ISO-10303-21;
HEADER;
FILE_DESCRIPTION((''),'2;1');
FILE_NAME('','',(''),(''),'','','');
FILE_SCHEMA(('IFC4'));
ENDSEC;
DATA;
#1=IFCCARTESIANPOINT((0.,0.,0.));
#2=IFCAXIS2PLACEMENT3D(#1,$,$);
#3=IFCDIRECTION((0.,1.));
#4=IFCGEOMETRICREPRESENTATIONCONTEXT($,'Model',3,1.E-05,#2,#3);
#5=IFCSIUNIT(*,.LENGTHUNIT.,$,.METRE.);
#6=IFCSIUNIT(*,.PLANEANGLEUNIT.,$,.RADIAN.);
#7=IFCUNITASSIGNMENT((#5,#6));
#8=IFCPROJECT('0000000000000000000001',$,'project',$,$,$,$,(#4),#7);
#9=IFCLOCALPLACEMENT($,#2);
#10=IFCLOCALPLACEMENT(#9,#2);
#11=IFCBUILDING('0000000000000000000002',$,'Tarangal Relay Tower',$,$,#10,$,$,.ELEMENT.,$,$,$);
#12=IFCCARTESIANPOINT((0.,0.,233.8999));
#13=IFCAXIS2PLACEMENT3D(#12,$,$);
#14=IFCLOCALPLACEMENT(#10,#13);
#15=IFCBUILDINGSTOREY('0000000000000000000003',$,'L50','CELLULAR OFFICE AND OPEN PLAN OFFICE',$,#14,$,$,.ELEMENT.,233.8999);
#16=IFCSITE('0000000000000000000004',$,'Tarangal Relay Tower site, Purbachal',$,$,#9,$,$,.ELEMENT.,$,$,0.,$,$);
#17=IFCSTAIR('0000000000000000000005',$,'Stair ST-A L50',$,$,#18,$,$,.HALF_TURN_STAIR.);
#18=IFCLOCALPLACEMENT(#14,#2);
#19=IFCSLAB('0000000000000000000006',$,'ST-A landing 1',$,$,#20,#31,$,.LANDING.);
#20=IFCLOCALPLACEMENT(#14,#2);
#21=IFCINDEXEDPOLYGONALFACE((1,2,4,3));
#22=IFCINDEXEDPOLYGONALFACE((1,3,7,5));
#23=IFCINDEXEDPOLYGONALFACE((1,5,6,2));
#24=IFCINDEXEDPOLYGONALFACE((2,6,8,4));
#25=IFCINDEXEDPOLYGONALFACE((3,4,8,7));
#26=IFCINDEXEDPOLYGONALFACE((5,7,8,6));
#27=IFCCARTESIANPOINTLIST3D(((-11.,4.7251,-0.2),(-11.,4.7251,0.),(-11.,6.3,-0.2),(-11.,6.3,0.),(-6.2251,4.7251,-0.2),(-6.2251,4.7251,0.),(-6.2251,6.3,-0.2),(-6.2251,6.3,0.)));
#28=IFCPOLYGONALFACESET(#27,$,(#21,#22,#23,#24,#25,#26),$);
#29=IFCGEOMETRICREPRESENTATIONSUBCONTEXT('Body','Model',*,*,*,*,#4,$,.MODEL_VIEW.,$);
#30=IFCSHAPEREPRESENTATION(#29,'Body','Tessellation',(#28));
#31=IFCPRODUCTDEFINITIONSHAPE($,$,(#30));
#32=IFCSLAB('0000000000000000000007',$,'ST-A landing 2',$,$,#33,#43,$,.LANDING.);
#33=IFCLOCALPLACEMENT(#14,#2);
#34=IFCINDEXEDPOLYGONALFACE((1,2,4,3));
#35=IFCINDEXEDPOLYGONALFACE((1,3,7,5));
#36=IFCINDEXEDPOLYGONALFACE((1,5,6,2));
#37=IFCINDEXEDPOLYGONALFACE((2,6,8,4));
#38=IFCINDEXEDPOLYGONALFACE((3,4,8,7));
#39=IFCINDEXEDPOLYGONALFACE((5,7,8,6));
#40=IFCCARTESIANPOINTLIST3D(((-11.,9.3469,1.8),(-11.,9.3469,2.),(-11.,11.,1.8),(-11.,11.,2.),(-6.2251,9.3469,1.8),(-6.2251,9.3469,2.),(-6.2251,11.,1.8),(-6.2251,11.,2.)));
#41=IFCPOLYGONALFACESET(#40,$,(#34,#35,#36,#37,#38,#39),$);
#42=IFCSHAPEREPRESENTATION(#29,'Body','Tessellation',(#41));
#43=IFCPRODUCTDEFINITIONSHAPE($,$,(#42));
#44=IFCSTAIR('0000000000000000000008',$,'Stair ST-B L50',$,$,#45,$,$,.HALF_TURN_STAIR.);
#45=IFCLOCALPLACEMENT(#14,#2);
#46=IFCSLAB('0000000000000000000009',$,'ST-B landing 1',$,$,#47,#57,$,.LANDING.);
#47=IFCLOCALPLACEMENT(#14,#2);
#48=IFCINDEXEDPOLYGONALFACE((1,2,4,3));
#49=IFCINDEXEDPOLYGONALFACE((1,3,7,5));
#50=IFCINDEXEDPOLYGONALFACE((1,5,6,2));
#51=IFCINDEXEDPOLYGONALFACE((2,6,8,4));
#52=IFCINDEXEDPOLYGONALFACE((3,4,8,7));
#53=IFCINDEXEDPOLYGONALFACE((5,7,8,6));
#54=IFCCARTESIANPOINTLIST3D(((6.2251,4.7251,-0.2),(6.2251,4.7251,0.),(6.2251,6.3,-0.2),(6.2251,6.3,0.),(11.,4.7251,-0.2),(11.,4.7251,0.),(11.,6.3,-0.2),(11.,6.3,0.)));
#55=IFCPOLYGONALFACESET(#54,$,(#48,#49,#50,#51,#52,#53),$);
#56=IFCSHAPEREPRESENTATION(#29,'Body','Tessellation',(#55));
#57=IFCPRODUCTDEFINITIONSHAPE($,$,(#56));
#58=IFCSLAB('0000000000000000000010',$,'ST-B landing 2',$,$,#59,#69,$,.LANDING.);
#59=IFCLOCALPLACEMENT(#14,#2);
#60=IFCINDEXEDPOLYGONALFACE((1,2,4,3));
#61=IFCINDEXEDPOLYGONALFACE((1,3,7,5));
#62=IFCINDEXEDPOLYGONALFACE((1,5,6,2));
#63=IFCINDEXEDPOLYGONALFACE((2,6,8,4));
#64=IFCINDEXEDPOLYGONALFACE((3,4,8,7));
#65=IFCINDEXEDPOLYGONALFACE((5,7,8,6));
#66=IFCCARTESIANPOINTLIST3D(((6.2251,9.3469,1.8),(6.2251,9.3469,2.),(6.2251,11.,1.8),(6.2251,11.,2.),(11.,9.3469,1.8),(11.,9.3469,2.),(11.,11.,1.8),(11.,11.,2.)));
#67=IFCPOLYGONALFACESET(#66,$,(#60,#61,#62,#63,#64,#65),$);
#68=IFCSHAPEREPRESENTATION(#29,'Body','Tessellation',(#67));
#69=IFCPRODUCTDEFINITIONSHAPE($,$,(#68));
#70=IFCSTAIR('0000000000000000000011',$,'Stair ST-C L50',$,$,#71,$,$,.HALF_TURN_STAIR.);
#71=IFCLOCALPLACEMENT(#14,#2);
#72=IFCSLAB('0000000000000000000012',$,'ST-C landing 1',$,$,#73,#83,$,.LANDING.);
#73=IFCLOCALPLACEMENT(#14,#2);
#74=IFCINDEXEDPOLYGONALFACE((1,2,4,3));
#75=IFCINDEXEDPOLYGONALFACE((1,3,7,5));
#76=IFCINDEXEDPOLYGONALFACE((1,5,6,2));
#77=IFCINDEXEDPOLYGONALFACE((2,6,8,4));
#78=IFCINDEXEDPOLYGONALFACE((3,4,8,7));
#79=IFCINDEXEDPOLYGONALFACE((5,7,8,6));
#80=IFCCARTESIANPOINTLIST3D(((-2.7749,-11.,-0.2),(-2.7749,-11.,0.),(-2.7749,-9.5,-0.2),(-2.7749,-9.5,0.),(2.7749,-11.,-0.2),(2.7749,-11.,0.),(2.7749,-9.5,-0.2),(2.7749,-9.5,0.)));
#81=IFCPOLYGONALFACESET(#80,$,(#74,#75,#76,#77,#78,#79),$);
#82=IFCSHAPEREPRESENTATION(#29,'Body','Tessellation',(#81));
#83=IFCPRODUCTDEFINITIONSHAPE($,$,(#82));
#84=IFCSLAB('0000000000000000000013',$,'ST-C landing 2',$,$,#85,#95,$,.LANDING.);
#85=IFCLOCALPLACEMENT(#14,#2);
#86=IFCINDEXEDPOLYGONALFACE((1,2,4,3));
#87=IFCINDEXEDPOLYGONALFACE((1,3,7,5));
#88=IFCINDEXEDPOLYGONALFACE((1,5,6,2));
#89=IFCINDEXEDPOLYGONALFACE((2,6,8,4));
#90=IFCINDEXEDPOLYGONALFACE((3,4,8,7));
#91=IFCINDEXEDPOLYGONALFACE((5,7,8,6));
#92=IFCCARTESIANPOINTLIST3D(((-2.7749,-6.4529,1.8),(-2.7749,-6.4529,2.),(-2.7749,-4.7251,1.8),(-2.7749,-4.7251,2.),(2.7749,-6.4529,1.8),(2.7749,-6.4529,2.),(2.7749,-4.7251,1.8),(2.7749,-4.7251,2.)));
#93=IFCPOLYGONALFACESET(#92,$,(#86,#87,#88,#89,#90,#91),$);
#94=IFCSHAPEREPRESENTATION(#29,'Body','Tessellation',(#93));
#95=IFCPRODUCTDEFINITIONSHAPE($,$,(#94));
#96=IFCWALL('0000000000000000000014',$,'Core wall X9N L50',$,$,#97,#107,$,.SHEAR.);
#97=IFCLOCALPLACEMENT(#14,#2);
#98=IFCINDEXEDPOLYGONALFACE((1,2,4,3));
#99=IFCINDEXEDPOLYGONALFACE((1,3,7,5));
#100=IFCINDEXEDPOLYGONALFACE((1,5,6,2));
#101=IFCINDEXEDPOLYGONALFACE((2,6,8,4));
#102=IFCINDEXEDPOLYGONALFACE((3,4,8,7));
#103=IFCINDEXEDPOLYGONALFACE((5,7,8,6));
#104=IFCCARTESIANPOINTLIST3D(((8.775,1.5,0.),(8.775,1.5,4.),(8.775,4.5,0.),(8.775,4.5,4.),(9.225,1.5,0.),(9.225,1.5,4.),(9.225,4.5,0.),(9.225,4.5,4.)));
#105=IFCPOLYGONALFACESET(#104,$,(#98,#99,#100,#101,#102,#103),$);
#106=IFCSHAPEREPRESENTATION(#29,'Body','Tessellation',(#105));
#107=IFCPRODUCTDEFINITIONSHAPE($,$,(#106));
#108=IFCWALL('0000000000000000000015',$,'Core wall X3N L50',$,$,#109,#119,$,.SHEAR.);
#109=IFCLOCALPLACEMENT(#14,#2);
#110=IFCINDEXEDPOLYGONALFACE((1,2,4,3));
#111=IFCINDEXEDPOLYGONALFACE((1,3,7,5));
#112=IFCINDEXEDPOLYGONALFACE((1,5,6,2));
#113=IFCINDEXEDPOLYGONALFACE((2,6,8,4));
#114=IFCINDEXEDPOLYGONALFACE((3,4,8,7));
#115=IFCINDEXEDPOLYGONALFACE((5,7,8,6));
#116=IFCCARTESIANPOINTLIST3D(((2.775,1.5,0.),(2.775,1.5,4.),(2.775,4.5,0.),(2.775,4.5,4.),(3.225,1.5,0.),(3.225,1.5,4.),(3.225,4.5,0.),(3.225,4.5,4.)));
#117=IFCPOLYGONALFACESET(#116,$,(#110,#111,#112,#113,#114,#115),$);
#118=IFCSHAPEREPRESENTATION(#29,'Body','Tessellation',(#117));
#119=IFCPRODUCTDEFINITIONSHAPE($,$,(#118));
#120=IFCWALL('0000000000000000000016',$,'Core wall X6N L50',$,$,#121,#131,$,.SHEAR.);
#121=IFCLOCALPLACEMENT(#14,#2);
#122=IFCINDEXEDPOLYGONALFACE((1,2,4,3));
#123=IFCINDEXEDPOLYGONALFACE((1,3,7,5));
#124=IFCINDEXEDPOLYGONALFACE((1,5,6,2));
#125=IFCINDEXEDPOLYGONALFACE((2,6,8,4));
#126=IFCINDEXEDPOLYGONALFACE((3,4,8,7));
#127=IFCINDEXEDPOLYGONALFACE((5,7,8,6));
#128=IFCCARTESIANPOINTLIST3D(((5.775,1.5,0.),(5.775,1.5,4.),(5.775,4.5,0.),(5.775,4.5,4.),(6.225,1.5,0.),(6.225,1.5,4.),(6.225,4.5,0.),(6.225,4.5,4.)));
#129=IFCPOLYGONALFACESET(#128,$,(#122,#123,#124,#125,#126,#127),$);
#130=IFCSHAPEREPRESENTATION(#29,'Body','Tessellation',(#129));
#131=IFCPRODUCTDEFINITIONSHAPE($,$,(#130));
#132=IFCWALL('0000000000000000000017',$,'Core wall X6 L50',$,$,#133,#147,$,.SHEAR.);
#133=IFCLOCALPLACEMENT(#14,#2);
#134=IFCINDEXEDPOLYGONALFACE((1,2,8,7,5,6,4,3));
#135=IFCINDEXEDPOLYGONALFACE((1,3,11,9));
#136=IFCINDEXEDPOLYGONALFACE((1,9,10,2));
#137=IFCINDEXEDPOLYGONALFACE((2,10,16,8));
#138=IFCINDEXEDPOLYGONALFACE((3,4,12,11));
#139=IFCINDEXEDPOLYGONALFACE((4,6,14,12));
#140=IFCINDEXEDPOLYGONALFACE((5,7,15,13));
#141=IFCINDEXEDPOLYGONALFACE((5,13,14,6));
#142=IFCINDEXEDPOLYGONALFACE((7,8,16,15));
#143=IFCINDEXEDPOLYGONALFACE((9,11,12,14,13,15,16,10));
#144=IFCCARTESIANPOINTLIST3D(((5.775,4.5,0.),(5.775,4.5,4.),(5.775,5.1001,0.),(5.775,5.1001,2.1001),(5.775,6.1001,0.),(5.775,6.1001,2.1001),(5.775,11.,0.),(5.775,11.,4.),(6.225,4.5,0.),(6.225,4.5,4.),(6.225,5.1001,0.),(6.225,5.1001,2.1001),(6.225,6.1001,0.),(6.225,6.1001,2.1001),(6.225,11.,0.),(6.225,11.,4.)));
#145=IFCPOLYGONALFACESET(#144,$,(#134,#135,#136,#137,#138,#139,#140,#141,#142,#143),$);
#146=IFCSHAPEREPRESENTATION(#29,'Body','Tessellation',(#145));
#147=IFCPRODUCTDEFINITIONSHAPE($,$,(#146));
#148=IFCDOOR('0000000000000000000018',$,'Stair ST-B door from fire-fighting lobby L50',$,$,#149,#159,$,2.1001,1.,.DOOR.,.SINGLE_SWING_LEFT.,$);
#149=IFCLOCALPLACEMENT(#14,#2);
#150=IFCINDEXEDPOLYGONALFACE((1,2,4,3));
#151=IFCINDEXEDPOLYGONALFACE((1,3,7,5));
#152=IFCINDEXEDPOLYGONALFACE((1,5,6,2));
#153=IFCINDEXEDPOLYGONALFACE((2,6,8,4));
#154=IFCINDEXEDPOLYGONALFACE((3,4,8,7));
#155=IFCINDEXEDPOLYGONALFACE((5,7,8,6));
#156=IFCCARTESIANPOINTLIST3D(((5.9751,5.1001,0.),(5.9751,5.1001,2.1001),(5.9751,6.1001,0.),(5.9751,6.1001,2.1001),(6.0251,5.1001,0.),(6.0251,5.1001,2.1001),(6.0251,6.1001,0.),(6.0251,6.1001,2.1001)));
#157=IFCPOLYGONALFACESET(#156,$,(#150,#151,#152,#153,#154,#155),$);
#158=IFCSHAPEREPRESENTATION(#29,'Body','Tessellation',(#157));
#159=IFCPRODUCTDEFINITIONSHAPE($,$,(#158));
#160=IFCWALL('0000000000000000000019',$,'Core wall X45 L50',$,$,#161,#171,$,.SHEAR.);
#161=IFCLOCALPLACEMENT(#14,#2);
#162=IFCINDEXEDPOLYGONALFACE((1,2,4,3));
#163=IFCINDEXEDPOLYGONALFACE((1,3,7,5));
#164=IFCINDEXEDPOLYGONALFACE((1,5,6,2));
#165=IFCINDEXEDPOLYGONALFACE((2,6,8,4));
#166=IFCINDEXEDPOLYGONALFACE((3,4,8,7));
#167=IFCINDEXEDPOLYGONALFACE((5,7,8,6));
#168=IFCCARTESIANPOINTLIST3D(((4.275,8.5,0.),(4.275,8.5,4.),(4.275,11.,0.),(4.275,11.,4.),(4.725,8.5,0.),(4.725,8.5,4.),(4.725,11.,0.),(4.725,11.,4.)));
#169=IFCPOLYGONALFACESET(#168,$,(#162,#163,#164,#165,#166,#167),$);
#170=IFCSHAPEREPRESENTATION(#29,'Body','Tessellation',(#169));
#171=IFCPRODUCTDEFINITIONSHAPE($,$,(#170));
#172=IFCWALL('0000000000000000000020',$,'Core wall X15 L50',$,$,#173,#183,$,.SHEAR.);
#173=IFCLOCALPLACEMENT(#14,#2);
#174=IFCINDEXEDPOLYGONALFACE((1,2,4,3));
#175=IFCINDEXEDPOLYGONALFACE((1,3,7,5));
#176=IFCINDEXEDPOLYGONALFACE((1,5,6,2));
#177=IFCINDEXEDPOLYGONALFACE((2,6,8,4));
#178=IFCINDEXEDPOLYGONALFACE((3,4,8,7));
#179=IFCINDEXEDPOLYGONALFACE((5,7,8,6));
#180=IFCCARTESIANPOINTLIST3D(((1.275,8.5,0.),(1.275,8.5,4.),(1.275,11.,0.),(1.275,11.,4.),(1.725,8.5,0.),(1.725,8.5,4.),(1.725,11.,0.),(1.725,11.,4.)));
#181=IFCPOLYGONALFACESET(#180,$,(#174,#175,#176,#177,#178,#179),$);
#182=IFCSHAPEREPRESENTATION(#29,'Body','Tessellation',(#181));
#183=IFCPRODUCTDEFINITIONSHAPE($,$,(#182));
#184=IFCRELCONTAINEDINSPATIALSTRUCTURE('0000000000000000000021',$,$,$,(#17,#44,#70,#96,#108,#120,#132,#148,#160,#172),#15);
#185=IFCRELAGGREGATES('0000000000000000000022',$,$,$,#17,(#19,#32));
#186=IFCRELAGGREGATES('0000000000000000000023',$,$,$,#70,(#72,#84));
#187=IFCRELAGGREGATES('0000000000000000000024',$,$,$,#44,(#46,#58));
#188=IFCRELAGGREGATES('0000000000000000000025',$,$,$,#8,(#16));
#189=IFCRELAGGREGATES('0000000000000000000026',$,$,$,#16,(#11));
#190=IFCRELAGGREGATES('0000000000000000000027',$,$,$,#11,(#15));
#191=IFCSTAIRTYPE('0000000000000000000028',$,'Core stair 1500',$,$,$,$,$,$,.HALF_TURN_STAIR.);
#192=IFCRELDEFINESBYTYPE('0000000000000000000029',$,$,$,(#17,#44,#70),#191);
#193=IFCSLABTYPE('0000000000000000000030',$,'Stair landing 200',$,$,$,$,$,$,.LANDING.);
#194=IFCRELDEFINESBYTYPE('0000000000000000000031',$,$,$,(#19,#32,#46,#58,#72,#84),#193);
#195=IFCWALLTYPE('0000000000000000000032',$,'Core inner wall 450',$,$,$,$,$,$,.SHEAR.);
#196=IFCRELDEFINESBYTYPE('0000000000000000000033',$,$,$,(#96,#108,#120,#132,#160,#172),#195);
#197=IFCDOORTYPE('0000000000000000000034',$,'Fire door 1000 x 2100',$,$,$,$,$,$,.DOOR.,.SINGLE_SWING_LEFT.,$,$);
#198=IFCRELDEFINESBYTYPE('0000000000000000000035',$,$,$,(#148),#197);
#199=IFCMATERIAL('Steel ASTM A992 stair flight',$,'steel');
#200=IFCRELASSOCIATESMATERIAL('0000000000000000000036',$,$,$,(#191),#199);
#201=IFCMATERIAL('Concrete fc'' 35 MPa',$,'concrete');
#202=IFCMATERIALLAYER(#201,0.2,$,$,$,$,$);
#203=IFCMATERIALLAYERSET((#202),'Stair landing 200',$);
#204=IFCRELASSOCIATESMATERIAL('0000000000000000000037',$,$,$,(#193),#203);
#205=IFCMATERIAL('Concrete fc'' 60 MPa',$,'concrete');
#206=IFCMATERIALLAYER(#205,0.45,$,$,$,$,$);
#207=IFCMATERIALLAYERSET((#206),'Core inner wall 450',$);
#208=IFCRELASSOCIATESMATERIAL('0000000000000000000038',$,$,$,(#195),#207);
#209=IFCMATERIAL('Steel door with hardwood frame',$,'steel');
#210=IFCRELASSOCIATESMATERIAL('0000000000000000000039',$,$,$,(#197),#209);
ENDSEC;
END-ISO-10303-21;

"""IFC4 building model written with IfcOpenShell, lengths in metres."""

from ifc_helpers import new_model, si_unit, direction, frame, frame_2d, origin, place, context, subcontext, project, spatial, polyline, rectangle, outline, extrude, material, layer, layer_set, type_object, element, fill, aggregate, save


model = new_model("IFC4")

# Units and contexts
model_context = context("Model", 3, precision=1e-05, world=origin(), true_north=direction((0.0, 1.0)))
body_context = subcontext(model_context, "Body", "Model", "MODEL_VIEW")
ifc_project = project(units=[si_unit("LENGTHUNIT", "METRE"), si_unit("PLANEANGLEUNIT", "RADIAN")], contexts=[model_context])

# Site, building, storey
site_placement = place(None, origin())
site = spatial("IfcSite", under=ifc_project, at=site_placement, Name="Tarangal Relay Tower site, Purbachal", CompositionType="ELEMENT", RefElevation=0.0)
building_placement = place(site_placement, origin())
building = spatial("IfcBuilding", under=site, at=building_placement, Name="Tarangal Relay Tower", CompositionType="ELEMENT")
storey_placement = place(building_placement, frame((0.0, 0.0, 233.8999)))
storey = spatial("IfcBuildingStorey", under=building, at=storey_placement, Name="L50", Description="CELLULAR OFFICE AND OPEN PLAN OFFICE", CompositionType="ELEMENT", Elevation=233.8999)

# Stairs, slabs
ifc_material_1 = material(Name="Steel ASTM A992 stair flight", Category="steel")
stair_type = type_object("IfcStairType", Name="Core stair 1500", PredefinedType="HALF_TURN_STAIR", material=ifc_material_1)
stair_1_placement = place(storey_placement, origin())
stair_1 = element("IfcStair", 1, at=stair_1_placement, inside=storey, type_object=stair_type, Name="Stair ST-A L50", PredefinedType="HALF_TURN_STAIR")
ifc_material_2 = material(Name="Concrete fc' 35 MPa", Category="concrete")
ifc_layer_1 = layer(ifc_material_2, 0.2)
ifc_layer_set_1 = layer_set([ifc_layer_1], Name="Stair landing 200")
slab_type = type_object("IfcSlabType", Name="Stair landing 200", PredefinedType="LANDING", material=ifc_layer_set_1)
slab_1_placement = place(storey_placement, frame((0.0, 0.0, -0.2)))
slab_1 = element("IfcSlab", 2, at=slab_1_placement, type_object=slab_type, Name="ST-A landing 1", PredefinedType="LANDING", context=body_context, shape_type="SweptSolid", body=[
    extrude(outline(polyline([(-11.0, 4.7251), (-6.2251, 4.7251), (-6.2251, 6.3), (-11.0, 6.3), (-11.0, 4.7251)])), origin(), (0.0, 0.0, 1.0), 0.2),
])
slab_2_placement = place(storey_placement, frame((0.0, 0.0, 1.8)))
slab_2 = element("IfcSlab", 3, at=slab_2_placement, type_object=slab_type, Name="ST-A landing 2", PredefinedType="LANDING", context=body_context, shape_type="SweptSolid", body=[
    extrude(outline(polyline([(-11.0, 9.3469), (-6.2251, 9.3469), (-6.2251, 11.0), (-11.0, 11.0), (-11.0, 9.3469)])), origin(), (0.0, 0.0, 1.0), 0.2),
])
aggregate(stair_1, [slab_1, slab_2])
stair_2_placement = place(storey_placement, origin())
stair_2 = element("IfcStair", 4, at=stair_2_placement, inside=storey, type_object=stair_type, Name="Stair ST-B L50", PredefinedType="HALF_TURN_STAIR")
slab_3_placement = place(storey_placement, frame((0.0, 0.0, -0.2)))
slab_3 = element("IfcSlab", 5, at=slab_3_placement, type_object=slab_type, Name="ST-B landing 1", PredefinedType="LANDING", context=body_context, shape_type="SweptSolid", body=[
    extrude(outline(polyline([(6.2251, 4.7251), (11.0, 4.7251), (11.0, 6.3), (6.2251, 6.3), (6.2251, 4.7251)])), origin(), (0.0, 0.0, 1.0), 0.2),
])
slab_4_placement = place(storey_placement, frame((0.0, 0.0, 1.8)))
slab_4 = element("IfcSlab", 6, at=slab_4_placement, type_object=slab_type, Name="ST-B landing 2", PredefinedType="LANDING", context=body_context, shape_type="SweptSolid", body=[
    extrude(outline(polyline([(6.2251, 9.3469), (11.0, 9.3469), (11.0, 11.0), (6.2251, 11.0), (6.2251, 9.3469)])), origin(), (0.0, 0.0, 1.0), 0.2),
])
stair_3_placement = place(storey_placement, origin())
stair_3 = element("IfcStair", 7, at=stair_3_placement, inside=storey, type_object=stair_type, Name="Stair ST-C L50", PredefinedType="HALF_TURN_STAIR")
slab_5_placement = place(storey_placement, frame((0.0, 0.0, -0.2)))
slab_5 = element("IfcSlab", 8, at=slab_5_placement, type_object=slab_type, Name="ST-C landing 1", PredefinedType="LANDING", context=body_context, shape_type="SweptSolid", body=[
    extrude(outline(polyline([(-2.7749, -11.0), (2.7749, -11.0), (2.7749, -9.5), (-2.7749, -9.5), (-2.7749, -11.0)])), origin(), (0.0, 0.0, 1.0), 0.2),
])
slab_6_placement = place(storey_placement, frame((0.0, 0.0, 1.8)))
slab_6 = element("IfcSlab", 9, at=slab_6_placement, type_object=slab_type, Name="ST-C landing 2", PredefinedType="LANDING", context=body_context, shape_type="SweptSolid", body=[
    extrude(outline(polyline([(-2.7749, -6.4529), (2.7749, -6.4529), (2.7749, -4.7251), (-2.7749, -4.7251), (-2.7749, -6.4529)])), origin(), (0.0, 0.0, 1.0), 0.2),
])
aggregate(stair_3, [slab_5, slab_6])

# Walls
ifc_material_3 = material(Name="Concrete fc' 60 MPa", Category="concrete")
ifc_layer_2 = layer(ifc_material_3, 0.45)
ifc_layer_set_2 = layer_set([ifc_layer_2], Name="Core inner wall 450")
wall_type = type_object("IfcWallType", Name="Core inner wall 450", PredefinedType="SHEAR", material=ifc_layer_set_2)
for number, where, z_axis, x_axis, name in (
    (10, (9.0, 1.5, 0.0), (0.0, 0.0, 1.0), (0.0, 1.0, 0.0), "Core wall X9N L50"),
    (11, (3.0, 1.5, 0.0), (0.0, 0.0, 1.0), (0.0, 1.0, 0.0), "Core wall X3N L50"),
    (12, (6.0, 1.5, 0.0), (0.0, 0.0, 1.0), (0.0, 1.0, 0.0), "Core wall X6N L50"),
):
    element("IfcWall", number, at=place(storey_placement, frame(where, z_axis=z_axis, x_axis=x_axis)), inside=storey, type_object=wall_type, Name=name, PredefinedType="SHEAR", context=body_context, shape_type="SweptSolid", body=[
        extrude(rectangle(XDim=3.0, YDim=0.45, at=frame_2d((1.5, 0.0))), origin(), (0.0, 0.0, 1.0), 4.0),
    ])

# Wall, opening, door
wall_placement = place(storey_placement, frame((6.0, 4.5, 0.0), z_axis=(0.0, 0.0, 1.0), x_axis=(0.0, 1.0, 0.0)))
wall = element("IfcWall", 13, at=wall_placement, inside=storey, type_object=wall_type, Name="Core wall X6 L50", PredefinedType="SHEAR", context=body_context, shape_type="SweptSolid", body=[
    extrude(rectangle(XDim=6.5, YDim=0.45, at=frame_2d((3.25, 0.0))), origin(), (0.0, 0.0, 1.0), 4.0),
])
opening_placement = place(wall_placement, frame((0.6001, 0.0, 0.0)))
opening = element("IfcOpeningElement", 14, at=opening_placement, cuts=wall, PredefinedType="OPENING", context=body_context, shape_type="SweptSolid", body=[
    extrude(rectangle(XDim=1.0, YDim=2.1001, at=frame_2d((0.5, 1.05))), frame((0.0, 0.2349, 0.0), z_axis=(0.0, -1.0, 0.0), x_axis=(1.0, 0.0, 0.0)), (0.0, 0.0, 1.0), 0.47),
])
ifc_material_4 = material(Name="Steel door with hardwood frame", Category="steel")
door_type = type_object("IfcDoorType", Name="Fire door 1000 x 2100", OperationType="SINGLE_SWING_LEFT", PredefinedType="DOOR", material=ifc_material_4)
door_placement = place(opening_placement, origin())
door = element("IfcDoor", 15, at=door_placement, inside=storey, type_object=door_type, Name="Stair ST-B door from fire-fighting lobby L50", OperationType="SINGLE_SWING_LEFT", OverallHeight=2.1001, OverallWidth=1.0, PredefinedType="DOOR", context=body_context, shape_type="SweptSolid", body=[
    extrude(rectangle(XDim=1.0, YDim=2.1001, at=frame_2d((0.5, 1.05))), frame((0.0, 0.0249, 0.0), z_axis=(0.0, -1.0, 0.0), x_axis=(1.0, 0.0, 0.0)), (0.0, 0.0, 1.0), 0.05),
])
fill(opening, door)

# Walls
for number, where, z_axis, x_axis, name in (
    (16, (4.5, 8.5, 0.0), (0.0, 0.0, 1.0), (0.0, 1.0, 0.0), "Core wall X45 L50"),
    (17, (1.5, 8.5, 0.0), (0.0, 0.0, 1.0), (0.0, 1.0, 0.0), "Core wall X15 L50"),
):
    element("IfcWall", number, at=place(storey_placement, frame(where, z_axis=z_axis, x_axis=x_axis)), inside=storey, type_object=wall_type, Name=name, PredefinedType="SHEAR", context=body_context, shape_type="SweptSolid", body=[
        extrude(rectangle(XDim=2.5, YDim=0.45, at=frame_2d((1.25, 0.0))), origin(), (0.0, 0.0, 1.0), 4.0),
    ])

aggregate(stair_2, [slab_3, slab_4])

save(model, "model.ifc")
